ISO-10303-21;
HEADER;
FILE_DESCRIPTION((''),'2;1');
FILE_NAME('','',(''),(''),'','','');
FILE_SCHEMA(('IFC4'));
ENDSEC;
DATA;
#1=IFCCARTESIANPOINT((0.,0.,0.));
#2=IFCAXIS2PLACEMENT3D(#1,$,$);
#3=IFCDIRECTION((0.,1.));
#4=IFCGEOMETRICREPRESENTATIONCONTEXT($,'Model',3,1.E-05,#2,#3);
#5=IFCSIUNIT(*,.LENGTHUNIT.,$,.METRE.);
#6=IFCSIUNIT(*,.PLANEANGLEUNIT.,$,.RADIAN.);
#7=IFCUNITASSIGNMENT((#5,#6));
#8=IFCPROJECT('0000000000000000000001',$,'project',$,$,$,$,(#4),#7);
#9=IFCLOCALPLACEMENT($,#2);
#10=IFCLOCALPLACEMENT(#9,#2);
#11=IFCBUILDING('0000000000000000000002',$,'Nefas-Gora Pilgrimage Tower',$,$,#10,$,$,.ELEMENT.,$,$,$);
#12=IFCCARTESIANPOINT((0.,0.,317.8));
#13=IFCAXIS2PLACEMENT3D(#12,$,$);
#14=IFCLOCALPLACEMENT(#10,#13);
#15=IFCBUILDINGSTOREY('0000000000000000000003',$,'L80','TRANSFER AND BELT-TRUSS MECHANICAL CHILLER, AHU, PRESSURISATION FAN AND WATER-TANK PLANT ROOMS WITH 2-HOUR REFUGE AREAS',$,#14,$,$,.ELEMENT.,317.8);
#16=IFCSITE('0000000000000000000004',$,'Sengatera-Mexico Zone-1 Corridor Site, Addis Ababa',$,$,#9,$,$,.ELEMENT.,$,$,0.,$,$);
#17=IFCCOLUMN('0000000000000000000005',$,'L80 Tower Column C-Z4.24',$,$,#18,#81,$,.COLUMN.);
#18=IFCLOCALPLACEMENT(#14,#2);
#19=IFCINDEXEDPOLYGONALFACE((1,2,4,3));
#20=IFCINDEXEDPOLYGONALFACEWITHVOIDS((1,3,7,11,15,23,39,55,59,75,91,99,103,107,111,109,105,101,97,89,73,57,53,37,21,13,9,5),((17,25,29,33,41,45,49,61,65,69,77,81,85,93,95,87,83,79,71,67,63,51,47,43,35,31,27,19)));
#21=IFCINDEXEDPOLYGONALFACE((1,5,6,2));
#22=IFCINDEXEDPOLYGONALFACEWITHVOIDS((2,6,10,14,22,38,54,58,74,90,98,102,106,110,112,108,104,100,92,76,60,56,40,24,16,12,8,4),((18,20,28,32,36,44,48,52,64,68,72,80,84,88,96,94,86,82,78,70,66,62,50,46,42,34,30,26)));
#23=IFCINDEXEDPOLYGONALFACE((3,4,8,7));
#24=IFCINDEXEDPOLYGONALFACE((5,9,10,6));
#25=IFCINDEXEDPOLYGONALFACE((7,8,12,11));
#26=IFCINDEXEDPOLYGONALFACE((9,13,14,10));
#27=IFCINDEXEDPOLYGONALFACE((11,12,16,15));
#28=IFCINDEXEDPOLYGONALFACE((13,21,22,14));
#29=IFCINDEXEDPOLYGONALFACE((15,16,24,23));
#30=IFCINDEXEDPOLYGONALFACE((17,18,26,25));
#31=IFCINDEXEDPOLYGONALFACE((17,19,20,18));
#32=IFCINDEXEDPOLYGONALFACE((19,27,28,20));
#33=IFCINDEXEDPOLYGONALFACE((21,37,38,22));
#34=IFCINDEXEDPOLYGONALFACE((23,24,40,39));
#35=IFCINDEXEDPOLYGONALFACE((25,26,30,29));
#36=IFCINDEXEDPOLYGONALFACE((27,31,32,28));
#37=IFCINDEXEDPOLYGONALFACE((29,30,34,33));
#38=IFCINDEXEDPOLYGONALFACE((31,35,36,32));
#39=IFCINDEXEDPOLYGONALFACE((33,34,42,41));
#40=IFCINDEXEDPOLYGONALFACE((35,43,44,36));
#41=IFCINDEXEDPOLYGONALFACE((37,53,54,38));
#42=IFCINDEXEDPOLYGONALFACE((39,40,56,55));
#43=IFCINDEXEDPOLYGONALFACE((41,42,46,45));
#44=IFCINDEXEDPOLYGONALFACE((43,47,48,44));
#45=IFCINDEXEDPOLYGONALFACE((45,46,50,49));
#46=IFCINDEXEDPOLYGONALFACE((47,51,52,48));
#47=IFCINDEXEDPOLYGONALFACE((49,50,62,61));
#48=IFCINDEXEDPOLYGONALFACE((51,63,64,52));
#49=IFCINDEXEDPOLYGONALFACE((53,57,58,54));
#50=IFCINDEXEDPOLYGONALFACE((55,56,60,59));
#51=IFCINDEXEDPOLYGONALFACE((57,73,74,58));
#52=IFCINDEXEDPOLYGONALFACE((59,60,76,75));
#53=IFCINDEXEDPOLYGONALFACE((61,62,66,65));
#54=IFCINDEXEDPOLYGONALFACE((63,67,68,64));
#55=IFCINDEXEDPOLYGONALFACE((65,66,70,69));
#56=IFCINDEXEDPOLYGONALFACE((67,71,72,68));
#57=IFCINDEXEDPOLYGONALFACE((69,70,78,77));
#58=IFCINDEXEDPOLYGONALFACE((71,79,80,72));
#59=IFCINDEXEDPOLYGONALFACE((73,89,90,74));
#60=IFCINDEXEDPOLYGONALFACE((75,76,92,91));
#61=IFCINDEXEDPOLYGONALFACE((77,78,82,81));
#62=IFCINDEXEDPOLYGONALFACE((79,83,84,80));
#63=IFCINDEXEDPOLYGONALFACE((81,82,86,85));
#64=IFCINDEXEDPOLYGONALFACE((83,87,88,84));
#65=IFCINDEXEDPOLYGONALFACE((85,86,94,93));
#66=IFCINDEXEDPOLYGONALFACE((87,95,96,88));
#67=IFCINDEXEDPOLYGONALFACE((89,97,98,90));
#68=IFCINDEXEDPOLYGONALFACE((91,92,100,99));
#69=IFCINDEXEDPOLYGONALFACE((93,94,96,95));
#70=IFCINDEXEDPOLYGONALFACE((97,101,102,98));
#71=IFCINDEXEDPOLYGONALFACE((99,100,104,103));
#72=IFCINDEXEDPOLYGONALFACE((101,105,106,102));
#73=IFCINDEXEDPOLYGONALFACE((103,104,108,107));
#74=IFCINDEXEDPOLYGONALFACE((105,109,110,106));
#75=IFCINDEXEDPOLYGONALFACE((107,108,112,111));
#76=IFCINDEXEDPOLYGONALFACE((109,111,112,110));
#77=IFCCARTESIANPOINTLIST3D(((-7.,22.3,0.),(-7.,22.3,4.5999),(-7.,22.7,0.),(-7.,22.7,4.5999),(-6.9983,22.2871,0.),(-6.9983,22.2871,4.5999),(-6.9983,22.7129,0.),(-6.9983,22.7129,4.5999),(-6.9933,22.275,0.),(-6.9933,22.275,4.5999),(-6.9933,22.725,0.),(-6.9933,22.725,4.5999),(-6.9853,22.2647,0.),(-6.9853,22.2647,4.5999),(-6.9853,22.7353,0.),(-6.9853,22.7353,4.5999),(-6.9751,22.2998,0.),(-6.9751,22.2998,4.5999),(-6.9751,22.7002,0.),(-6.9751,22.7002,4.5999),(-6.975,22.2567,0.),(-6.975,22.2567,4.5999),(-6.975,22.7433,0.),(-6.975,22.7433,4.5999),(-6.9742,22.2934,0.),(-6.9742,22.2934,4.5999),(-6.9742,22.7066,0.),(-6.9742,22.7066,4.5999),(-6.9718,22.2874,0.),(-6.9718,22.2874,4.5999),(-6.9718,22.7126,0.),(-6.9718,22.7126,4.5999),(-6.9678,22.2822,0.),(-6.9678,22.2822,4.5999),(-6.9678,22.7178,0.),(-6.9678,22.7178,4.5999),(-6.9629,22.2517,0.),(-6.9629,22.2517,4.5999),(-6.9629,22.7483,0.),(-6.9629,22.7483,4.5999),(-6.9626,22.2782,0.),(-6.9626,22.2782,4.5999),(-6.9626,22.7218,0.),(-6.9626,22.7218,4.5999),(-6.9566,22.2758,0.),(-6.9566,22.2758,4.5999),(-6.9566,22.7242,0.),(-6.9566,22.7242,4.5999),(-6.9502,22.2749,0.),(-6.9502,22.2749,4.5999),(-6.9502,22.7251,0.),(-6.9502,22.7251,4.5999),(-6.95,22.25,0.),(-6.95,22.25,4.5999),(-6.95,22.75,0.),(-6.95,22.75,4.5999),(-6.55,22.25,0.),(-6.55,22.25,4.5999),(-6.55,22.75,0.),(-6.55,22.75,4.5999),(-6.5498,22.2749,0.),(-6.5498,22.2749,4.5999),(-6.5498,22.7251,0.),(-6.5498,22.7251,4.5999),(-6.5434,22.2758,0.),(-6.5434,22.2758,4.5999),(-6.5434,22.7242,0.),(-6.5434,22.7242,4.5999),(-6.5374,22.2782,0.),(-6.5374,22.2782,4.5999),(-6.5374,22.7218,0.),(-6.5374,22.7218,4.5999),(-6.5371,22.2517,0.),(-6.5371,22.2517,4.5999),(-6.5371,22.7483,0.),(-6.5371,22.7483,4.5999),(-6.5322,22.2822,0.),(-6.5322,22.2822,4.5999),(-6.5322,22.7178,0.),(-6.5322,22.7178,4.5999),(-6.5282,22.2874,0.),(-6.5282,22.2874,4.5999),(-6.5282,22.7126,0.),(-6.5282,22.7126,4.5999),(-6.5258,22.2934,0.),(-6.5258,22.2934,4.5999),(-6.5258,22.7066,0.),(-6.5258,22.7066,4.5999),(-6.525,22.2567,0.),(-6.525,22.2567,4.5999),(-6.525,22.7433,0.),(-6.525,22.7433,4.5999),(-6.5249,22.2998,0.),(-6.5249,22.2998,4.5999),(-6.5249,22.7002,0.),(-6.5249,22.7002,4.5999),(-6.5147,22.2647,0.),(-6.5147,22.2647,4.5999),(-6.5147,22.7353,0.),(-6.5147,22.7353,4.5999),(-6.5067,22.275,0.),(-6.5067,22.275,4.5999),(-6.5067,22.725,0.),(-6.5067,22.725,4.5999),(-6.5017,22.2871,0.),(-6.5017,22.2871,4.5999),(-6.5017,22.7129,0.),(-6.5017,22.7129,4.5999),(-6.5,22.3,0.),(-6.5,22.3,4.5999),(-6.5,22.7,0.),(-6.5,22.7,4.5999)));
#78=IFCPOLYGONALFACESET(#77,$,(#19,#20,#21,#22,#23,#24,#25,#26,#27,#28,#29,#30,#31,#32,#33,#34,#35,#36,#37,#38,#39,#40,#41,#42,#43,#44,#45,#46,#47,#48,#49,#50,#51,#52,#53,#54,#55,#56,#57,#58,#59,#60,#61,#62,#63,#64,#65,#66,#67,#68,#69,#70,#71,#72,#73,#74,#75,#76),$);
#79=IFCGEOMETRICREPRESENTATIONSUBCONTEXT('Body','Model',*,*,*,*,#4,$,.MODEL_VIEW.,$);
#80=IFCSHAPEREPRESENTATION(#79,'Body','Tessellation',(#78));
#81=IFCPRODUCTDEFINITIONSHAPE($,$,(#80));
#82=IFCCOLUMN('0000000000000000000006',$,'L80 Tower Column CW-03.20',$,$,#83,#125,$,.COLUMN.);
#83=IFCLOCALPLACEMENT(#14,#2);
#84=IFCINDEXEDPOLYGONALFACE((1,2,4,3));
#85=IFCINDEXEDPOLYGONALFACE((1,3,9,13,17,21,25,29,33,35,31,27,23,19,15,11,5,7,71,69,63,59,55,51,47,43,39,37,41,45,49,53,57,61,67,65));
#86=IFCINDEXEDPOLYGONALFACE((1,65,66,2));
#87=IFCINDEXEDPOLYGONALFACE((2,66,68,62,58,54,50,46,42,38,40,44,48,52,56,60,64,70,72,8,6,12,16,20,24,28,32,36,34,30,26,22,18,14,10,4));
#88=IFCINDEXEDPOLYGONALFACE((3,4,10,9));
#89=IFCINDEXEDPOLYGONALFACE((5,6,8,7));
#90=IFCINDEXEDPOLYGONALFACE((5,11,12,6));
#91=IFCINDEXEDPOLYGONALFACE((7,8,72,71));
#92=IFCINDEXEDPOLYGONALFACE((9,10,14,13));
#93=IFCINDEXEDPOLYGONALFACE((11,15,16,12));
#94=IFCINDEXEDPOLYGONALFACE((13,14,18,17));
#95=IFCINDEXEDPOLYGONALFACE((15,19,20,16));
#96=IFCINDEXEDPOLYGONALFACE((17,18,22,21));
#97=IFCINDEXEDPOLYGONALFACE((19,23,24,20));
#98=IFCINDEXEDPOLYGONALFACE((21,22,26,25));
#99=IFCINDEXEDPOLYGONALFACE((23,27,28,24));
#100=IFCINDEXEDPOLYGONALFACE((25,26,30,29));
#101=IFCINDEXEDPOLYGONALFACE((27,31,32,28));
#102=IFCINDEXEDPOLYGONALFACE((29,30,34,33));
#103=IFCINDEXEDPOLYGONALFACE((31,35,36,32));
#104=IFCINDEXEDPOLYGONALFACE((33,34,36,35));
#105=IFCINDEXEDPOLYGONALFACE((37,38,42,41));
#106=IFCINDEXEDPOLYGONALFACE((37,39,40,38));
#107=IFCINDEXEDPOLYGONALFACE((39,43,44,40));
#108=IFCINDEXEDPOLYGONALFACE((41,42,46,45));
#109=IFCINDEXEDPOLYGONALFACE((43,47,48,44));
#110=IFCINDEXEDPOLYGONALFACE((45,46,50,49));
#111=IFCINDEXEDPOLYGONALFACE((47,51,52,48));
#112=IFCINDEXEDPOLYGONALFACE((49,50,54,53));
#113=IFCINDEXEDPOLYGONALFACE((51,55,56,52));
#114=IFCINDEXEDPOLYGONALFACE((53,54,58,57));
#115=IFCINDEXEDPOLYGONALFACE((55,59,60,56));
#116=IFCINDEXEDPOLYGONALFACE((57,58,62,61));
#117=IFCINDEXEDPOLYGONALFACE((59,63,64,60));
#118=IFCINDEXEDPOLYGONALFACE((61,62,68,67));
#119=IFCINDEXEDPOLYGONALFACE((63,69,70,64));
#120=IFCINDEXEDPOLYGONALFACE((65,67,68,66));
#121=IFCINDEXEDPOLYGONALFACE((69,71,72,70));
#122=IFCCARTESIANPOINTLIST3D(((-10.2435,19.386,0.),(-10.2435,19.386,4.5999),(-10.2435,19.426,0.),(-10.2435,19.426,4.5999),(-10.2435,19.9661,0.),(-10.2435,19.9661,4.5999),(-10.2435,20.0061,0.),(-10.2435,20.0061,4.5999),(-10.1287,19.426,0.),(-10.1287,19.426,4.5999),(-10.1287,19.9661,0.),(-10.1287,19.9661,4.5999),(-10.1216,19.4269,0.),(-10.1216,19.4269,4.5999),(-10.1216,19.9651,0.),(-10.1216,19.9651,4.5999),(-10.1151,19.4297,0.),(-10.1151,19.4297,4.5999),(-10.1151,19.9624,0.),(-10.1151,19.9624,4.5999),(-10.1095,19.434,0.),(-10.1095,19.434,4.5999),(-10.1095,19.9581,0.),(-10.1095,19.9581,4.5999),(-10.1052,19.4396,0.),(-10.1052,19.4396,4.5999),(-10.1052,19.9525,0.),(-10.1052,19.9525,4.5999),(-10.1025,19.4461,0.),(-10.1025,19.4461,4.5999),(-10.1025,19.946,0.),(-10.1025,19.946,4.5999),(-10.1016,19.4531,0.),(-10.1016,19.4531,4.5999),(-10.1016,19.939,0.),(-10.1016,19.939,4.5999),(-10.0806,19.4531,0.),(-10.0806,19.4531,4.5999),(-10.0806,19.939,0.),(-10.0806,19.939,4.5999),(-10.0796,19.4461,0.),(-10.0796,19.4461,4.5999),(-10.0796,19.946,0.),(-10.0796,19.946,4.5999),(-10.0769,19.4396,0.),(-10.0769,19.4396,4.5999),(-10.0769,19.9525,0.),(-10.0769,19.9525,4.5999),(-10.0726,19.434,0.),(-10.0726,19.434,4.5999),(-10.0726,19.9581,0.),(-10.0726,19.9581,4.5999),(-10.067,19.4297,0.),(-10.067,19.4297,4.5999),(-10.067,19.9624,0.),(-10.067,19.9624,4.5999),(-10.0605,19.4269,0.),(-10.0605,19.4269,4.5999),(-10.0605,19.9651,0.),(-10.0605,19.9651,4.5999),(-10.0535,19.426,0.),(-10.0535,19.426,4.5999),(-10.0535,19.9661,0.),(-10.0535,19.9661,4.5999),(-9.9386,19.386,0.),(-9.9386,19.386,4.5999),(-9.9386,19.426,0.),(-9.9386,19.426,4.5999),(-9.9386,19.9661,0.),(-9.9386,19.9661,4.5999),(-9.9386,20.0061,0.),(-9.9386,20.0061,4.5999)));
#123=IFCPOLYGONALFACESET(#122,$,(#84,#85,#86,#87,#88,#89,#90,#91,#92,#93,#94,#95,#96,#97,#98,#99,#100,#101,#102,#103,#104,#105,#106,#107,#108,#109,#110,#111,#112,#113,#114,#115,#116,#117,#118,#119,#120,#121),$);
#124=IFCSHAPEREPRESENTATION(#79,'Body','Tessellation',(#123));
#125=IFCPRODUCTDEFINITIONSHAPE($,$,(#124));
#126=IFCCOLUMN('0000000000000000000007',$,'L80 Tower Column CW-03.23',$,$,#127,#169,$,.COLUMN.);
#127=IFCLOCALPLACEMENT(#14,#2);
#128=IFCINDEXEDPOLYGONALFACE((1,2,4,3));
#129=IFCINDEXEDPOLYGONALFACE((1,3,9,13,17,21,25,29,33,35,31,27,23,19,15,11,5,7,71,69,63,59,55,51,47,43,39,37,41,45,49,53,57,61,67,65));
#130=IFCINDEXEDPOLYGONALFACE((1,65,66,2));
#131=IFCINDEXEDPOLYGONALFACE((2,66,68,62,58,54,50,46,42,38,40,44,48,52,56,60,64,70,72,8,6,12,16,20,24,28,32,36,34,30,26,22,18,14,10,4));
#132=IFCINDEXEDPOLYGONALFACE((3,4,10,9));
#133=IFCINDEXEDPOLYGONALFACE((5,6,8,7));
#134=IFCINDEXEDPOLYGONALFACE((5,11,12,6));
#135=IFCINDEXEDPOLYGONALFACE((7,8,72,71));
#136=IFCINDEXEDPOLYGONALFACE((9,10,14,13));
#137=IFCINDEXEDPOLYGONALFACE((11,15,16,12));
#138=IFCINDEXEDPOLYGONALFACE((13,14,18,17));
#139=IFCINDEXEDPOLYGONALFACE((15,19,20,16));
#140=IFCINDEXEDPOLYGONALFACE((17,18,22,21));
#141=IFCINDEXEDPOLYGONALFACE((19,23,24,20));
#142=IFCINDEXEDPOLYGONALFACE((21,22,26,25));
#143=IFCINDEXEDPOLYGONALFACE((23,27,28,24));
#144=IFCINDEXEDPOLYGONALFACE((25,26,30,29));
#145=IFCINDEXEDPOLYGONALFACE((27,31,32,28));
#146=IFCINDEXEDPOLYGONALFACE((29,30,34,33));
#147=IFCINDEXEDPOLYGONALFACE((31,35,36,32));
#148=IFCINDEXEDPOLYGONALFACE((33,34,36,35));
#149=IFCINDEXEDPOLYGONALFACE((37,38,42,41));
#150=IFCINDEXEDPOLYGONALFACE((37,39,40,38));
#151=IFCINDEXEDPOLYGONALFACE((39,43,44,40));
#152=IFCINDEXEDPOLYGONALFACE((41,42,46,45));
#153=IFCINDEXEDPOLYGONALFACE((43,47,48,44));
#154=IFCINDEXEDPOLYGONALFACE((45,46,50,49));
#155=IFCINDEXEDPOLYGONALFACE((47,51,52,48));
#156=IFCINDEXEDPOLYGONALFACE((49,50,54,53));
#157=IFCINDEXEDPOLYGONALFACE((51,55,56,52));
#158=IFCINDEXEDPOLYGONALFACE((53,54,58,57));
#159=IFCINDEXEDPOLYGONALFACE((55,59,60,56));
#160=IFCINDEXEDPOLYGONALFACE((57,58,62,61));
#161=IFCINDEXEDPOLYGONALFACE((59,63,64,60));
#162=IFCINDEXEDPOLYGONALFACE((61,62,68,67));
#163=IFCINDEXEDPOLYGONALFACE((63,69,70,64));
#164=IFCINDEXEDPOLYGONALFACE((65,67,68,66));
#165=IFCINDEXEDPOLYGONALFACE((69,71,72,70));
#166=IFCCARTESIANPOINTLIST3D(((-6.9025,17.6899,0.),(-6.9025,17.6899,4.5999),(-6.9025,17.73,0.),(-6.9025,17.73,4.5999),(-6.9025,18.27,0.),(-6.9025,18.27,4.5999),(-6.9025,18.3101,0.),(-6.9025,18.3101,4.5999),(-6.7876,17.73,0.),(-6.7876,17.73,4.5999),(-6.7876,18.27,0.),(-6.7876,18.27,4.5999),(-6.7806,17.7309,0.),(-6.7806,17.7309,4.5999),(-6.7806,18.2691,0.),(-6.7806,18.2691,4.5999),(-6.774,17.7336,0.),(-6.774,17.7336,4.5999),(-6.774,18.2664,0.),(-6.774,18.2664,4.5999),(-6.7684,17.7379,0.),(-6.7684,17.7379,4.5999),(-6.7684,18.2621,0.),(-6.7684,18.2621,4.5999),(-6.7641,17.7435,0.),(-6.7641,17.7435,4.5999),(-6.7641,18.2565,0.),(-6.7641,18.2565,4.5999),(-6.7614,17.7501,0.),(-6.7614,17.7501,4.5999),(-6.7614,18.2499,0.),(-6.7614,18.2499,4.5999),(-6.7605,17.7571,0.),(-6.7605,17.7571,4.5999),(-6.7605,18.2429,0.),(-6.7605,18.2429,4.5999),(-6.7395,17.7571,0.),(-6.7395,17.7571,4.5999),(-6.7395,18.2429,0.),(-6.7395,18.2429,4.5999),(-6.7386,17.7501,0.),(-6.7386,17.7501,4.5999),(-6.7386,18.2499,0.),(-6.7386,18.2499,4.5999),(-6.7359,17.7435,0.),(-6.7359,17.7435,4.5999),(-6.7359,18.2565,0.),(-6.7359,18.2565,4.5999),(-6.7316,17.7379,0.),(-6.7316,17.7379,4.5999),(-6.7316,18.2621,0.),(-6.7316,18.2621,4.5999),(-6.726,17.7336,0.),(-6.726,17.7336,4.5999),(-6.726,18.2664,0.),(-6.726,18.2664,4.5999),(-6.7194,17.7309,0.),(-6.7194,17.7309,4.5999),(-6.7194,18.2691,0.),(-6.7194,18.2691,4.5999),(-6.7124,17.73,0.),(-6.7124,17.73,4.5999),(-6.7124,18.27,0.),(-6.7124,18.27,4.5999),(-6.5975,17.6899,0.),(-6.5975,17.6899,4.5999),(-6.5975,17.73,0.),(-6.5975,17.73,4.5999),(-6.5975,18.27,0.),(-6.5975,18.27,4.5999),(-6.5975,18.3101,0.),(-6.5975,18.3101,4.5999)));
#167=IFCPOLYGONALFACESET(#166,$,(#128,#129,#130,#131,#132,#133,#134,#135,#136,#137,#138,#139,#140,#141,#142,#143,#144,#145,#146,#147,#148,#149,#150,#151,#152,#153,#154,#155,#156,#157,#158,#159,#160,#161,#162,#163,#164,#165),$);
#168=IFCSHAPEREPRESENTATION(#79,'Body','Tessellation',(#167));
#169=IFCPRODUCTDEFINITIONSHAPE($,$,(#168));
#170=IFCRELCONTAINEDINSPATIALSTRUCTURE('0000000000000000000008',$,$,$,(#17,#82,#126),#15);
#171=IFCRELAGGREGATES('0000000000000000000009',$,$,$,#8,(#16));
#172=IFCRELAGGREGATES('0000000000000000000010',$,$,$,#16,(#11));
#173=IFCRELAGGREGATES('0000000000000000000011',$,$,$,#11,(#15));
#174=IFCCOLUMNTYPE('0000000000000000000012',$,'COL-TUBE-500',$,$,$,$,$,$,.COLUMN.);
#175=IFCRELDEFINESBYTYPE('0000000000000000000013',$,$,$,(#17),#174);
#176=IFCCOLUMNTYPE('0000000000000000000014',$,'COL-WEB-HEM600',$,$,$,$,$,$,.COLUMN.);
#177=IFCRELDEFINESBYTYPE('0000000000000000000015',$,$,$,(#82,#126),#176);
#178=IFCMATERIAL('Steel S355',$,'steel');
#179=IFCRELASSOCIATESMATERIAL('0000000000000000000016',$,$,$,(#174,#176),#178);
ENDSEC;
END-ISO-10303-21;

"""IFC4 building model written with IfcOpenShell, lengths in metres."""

from ifc_helpers import new_model, si_unit, direction, frame, origin, origin_2d, place, context, subcontext, project, spatial, hollow_rectangle, i_section, extrude, source, transform, mapped, material, material_profile, profile_set, type_object, element, save


model = new_model("IFC4")

# Units and contexts
model_context = context("Model", 3, precision=1e-05, world=origin(), true_north=direction((0.0, 1.0)))
body_context = subcontext(model_context, "Body", "Model", "MODEL_VIEW")
ifc_project = project(units=[si_unit("LENGTHUNIT", "METRE"), si_unit("PLANEANGLEUNIT", "RADIAN")], contexts=[model_context])

# Site, building, storey
site_placement = place(None, origin())
site = spatial("IfcSite", under=ifc_project, at=site_placement, Name="Sengatera-Mexico Zone-1 Corridor Site, Addis Ababa", CompositionType="ELEMENT", RefElevation=0.0)
building_placement = place(site_placement, origin())
building = spatial("IfcBuilding", under=site, at=building_placement, Name="Nefas-Gora Pilgrimage Tower", CompositionType="ELEMENT")
storey_placement = place(building_placement, frame((0.0, 0.0, 317.8)))
storey = spatial("IfcBuildingStorey", under=building, at=storey_placement, Name="L80", Description="TRANSFER AND BELT-TRUSS MECHANICAL CHILLER, AHU, PRESSURISATION FAN AND WATER-TANK PLANT ROOMS WITH 2-HOUR REFUGE AREAS", CompositionType="ELEMENT", Elevation=317.8)

# Columns
ifc_material_1 = material(Name="Steel S355", Category="steel")
ifc_material_profile_1 = material_profile(ifc_material_1, hollow_rectangle(XDim=0.5, YDim=0.5, WallThickness=0.0249, InnerFilletRadius=0.0249, OuterFilletRadius=0.05, at=origin_2d()), Name="SHS 500x500x25")
ifc_profile_set_1 = profile_set([ifc_material_profile_1], Name="Steel S355")
column_type_1 = type_object("IfcColumnType", Name="COL-TUBE-500", PredefinedType="COLUMN", material=ifc_profile_set_1)
shared_shape_1 = source(origin(), body_context, "Body", "SweptSolid", [
    extrude(hollow_rectangle(XDim=0.5, YDim=0.5, WallThickness=0.0249, InnerFilletRadius=0.0249, OuterFilletRadius=0.05, at=origin_2d()), origin(), (0.0, 0.0, 1.0), 4.5999),
])
column_placement = place(storey_placement, frame((-6.75, 22.5, 0.0), z_axis=(0.0, 0.0, 1.0), x_axis=(1.0, 0.0, 0.0)))
element("IfcColumn", 1, at=column_placement, inside=storey, type_object=column_type_1, Name="L80 Tower Column C-Z4.24", PredefinedType="COLUMN", context=body_context, shape_type="MappedRepresentation", body=[
    mapped(shared_shape_1, transform((0.0, 0.0, 0.0), x_axis=(1.0, 0.0, 0.0), y_axis=(0.0, 1.0, 0.0), z_axis=(0.0, 0.0, 1.0), scale=1.0)),
])
ifc_material_profile_2 = material_profile(ifc_material_1, i_section(OverallWidth=0.3049, OverallDepth=0.6201, WebThickness=0.021, FlangeThickness=0.04, FilletRadius=0.0271, at=origin_2d()), Name="HEM 600")
ifc_profile_set_2 = profile_set([ifc_material_profile_2], Name="Steel S355")
column_type_2 = type_object("IfcColumnType", Name="COL-WEB-HEM600", PredefinedType="COLUMN", material=ifc_profile_set_2)
shared_shape_2 = source(origin(), body_context, "Body", "SweptSolid", [
    extrude(i_section(OverallWidth=0.3049, OverallDepth=0.6201, WebThickness=0.021, FlangeThickness=0.04, FilletRadius=0.0271, at=origin_2d()), origin(), (0.0, 0.0, 1.0), 4.5999),
])
for number, where, z_axis, x_axis, name in (
    (2, (-10.0911, 19.696, 0.0), (0.0, 0.0, 1.0), (1.0, 0.0, 0.0), "L80 Tower Column CW-03.20"),
    (3, (-6.75, 18.0, 0.0), (0.0, 0.0, 1.0), (1.0, 0.0, 0.0), "L80 Tower Column CW-03.23"),
):
    element("IfcColumn", number, at=place(storey_placement, frame(where, z_axis=z_axis, x_axis=x_axis)), inside=storey, type_object=column_type_2, Name=name, PredefinedType="COLUMN", context=body_context, shape_type="MappedRepresentation", body=[
        mapped(shared_shape_2, transform((0.0, 0.0, 0.0), x_axis=(1.0, 0.0, 0.0), y_axis=(0.0, 1.0, 0.0), z_axis=(0.0, 0.0, 1.0), scale=1.0)),
    ])

save(model, "model.ifc")
